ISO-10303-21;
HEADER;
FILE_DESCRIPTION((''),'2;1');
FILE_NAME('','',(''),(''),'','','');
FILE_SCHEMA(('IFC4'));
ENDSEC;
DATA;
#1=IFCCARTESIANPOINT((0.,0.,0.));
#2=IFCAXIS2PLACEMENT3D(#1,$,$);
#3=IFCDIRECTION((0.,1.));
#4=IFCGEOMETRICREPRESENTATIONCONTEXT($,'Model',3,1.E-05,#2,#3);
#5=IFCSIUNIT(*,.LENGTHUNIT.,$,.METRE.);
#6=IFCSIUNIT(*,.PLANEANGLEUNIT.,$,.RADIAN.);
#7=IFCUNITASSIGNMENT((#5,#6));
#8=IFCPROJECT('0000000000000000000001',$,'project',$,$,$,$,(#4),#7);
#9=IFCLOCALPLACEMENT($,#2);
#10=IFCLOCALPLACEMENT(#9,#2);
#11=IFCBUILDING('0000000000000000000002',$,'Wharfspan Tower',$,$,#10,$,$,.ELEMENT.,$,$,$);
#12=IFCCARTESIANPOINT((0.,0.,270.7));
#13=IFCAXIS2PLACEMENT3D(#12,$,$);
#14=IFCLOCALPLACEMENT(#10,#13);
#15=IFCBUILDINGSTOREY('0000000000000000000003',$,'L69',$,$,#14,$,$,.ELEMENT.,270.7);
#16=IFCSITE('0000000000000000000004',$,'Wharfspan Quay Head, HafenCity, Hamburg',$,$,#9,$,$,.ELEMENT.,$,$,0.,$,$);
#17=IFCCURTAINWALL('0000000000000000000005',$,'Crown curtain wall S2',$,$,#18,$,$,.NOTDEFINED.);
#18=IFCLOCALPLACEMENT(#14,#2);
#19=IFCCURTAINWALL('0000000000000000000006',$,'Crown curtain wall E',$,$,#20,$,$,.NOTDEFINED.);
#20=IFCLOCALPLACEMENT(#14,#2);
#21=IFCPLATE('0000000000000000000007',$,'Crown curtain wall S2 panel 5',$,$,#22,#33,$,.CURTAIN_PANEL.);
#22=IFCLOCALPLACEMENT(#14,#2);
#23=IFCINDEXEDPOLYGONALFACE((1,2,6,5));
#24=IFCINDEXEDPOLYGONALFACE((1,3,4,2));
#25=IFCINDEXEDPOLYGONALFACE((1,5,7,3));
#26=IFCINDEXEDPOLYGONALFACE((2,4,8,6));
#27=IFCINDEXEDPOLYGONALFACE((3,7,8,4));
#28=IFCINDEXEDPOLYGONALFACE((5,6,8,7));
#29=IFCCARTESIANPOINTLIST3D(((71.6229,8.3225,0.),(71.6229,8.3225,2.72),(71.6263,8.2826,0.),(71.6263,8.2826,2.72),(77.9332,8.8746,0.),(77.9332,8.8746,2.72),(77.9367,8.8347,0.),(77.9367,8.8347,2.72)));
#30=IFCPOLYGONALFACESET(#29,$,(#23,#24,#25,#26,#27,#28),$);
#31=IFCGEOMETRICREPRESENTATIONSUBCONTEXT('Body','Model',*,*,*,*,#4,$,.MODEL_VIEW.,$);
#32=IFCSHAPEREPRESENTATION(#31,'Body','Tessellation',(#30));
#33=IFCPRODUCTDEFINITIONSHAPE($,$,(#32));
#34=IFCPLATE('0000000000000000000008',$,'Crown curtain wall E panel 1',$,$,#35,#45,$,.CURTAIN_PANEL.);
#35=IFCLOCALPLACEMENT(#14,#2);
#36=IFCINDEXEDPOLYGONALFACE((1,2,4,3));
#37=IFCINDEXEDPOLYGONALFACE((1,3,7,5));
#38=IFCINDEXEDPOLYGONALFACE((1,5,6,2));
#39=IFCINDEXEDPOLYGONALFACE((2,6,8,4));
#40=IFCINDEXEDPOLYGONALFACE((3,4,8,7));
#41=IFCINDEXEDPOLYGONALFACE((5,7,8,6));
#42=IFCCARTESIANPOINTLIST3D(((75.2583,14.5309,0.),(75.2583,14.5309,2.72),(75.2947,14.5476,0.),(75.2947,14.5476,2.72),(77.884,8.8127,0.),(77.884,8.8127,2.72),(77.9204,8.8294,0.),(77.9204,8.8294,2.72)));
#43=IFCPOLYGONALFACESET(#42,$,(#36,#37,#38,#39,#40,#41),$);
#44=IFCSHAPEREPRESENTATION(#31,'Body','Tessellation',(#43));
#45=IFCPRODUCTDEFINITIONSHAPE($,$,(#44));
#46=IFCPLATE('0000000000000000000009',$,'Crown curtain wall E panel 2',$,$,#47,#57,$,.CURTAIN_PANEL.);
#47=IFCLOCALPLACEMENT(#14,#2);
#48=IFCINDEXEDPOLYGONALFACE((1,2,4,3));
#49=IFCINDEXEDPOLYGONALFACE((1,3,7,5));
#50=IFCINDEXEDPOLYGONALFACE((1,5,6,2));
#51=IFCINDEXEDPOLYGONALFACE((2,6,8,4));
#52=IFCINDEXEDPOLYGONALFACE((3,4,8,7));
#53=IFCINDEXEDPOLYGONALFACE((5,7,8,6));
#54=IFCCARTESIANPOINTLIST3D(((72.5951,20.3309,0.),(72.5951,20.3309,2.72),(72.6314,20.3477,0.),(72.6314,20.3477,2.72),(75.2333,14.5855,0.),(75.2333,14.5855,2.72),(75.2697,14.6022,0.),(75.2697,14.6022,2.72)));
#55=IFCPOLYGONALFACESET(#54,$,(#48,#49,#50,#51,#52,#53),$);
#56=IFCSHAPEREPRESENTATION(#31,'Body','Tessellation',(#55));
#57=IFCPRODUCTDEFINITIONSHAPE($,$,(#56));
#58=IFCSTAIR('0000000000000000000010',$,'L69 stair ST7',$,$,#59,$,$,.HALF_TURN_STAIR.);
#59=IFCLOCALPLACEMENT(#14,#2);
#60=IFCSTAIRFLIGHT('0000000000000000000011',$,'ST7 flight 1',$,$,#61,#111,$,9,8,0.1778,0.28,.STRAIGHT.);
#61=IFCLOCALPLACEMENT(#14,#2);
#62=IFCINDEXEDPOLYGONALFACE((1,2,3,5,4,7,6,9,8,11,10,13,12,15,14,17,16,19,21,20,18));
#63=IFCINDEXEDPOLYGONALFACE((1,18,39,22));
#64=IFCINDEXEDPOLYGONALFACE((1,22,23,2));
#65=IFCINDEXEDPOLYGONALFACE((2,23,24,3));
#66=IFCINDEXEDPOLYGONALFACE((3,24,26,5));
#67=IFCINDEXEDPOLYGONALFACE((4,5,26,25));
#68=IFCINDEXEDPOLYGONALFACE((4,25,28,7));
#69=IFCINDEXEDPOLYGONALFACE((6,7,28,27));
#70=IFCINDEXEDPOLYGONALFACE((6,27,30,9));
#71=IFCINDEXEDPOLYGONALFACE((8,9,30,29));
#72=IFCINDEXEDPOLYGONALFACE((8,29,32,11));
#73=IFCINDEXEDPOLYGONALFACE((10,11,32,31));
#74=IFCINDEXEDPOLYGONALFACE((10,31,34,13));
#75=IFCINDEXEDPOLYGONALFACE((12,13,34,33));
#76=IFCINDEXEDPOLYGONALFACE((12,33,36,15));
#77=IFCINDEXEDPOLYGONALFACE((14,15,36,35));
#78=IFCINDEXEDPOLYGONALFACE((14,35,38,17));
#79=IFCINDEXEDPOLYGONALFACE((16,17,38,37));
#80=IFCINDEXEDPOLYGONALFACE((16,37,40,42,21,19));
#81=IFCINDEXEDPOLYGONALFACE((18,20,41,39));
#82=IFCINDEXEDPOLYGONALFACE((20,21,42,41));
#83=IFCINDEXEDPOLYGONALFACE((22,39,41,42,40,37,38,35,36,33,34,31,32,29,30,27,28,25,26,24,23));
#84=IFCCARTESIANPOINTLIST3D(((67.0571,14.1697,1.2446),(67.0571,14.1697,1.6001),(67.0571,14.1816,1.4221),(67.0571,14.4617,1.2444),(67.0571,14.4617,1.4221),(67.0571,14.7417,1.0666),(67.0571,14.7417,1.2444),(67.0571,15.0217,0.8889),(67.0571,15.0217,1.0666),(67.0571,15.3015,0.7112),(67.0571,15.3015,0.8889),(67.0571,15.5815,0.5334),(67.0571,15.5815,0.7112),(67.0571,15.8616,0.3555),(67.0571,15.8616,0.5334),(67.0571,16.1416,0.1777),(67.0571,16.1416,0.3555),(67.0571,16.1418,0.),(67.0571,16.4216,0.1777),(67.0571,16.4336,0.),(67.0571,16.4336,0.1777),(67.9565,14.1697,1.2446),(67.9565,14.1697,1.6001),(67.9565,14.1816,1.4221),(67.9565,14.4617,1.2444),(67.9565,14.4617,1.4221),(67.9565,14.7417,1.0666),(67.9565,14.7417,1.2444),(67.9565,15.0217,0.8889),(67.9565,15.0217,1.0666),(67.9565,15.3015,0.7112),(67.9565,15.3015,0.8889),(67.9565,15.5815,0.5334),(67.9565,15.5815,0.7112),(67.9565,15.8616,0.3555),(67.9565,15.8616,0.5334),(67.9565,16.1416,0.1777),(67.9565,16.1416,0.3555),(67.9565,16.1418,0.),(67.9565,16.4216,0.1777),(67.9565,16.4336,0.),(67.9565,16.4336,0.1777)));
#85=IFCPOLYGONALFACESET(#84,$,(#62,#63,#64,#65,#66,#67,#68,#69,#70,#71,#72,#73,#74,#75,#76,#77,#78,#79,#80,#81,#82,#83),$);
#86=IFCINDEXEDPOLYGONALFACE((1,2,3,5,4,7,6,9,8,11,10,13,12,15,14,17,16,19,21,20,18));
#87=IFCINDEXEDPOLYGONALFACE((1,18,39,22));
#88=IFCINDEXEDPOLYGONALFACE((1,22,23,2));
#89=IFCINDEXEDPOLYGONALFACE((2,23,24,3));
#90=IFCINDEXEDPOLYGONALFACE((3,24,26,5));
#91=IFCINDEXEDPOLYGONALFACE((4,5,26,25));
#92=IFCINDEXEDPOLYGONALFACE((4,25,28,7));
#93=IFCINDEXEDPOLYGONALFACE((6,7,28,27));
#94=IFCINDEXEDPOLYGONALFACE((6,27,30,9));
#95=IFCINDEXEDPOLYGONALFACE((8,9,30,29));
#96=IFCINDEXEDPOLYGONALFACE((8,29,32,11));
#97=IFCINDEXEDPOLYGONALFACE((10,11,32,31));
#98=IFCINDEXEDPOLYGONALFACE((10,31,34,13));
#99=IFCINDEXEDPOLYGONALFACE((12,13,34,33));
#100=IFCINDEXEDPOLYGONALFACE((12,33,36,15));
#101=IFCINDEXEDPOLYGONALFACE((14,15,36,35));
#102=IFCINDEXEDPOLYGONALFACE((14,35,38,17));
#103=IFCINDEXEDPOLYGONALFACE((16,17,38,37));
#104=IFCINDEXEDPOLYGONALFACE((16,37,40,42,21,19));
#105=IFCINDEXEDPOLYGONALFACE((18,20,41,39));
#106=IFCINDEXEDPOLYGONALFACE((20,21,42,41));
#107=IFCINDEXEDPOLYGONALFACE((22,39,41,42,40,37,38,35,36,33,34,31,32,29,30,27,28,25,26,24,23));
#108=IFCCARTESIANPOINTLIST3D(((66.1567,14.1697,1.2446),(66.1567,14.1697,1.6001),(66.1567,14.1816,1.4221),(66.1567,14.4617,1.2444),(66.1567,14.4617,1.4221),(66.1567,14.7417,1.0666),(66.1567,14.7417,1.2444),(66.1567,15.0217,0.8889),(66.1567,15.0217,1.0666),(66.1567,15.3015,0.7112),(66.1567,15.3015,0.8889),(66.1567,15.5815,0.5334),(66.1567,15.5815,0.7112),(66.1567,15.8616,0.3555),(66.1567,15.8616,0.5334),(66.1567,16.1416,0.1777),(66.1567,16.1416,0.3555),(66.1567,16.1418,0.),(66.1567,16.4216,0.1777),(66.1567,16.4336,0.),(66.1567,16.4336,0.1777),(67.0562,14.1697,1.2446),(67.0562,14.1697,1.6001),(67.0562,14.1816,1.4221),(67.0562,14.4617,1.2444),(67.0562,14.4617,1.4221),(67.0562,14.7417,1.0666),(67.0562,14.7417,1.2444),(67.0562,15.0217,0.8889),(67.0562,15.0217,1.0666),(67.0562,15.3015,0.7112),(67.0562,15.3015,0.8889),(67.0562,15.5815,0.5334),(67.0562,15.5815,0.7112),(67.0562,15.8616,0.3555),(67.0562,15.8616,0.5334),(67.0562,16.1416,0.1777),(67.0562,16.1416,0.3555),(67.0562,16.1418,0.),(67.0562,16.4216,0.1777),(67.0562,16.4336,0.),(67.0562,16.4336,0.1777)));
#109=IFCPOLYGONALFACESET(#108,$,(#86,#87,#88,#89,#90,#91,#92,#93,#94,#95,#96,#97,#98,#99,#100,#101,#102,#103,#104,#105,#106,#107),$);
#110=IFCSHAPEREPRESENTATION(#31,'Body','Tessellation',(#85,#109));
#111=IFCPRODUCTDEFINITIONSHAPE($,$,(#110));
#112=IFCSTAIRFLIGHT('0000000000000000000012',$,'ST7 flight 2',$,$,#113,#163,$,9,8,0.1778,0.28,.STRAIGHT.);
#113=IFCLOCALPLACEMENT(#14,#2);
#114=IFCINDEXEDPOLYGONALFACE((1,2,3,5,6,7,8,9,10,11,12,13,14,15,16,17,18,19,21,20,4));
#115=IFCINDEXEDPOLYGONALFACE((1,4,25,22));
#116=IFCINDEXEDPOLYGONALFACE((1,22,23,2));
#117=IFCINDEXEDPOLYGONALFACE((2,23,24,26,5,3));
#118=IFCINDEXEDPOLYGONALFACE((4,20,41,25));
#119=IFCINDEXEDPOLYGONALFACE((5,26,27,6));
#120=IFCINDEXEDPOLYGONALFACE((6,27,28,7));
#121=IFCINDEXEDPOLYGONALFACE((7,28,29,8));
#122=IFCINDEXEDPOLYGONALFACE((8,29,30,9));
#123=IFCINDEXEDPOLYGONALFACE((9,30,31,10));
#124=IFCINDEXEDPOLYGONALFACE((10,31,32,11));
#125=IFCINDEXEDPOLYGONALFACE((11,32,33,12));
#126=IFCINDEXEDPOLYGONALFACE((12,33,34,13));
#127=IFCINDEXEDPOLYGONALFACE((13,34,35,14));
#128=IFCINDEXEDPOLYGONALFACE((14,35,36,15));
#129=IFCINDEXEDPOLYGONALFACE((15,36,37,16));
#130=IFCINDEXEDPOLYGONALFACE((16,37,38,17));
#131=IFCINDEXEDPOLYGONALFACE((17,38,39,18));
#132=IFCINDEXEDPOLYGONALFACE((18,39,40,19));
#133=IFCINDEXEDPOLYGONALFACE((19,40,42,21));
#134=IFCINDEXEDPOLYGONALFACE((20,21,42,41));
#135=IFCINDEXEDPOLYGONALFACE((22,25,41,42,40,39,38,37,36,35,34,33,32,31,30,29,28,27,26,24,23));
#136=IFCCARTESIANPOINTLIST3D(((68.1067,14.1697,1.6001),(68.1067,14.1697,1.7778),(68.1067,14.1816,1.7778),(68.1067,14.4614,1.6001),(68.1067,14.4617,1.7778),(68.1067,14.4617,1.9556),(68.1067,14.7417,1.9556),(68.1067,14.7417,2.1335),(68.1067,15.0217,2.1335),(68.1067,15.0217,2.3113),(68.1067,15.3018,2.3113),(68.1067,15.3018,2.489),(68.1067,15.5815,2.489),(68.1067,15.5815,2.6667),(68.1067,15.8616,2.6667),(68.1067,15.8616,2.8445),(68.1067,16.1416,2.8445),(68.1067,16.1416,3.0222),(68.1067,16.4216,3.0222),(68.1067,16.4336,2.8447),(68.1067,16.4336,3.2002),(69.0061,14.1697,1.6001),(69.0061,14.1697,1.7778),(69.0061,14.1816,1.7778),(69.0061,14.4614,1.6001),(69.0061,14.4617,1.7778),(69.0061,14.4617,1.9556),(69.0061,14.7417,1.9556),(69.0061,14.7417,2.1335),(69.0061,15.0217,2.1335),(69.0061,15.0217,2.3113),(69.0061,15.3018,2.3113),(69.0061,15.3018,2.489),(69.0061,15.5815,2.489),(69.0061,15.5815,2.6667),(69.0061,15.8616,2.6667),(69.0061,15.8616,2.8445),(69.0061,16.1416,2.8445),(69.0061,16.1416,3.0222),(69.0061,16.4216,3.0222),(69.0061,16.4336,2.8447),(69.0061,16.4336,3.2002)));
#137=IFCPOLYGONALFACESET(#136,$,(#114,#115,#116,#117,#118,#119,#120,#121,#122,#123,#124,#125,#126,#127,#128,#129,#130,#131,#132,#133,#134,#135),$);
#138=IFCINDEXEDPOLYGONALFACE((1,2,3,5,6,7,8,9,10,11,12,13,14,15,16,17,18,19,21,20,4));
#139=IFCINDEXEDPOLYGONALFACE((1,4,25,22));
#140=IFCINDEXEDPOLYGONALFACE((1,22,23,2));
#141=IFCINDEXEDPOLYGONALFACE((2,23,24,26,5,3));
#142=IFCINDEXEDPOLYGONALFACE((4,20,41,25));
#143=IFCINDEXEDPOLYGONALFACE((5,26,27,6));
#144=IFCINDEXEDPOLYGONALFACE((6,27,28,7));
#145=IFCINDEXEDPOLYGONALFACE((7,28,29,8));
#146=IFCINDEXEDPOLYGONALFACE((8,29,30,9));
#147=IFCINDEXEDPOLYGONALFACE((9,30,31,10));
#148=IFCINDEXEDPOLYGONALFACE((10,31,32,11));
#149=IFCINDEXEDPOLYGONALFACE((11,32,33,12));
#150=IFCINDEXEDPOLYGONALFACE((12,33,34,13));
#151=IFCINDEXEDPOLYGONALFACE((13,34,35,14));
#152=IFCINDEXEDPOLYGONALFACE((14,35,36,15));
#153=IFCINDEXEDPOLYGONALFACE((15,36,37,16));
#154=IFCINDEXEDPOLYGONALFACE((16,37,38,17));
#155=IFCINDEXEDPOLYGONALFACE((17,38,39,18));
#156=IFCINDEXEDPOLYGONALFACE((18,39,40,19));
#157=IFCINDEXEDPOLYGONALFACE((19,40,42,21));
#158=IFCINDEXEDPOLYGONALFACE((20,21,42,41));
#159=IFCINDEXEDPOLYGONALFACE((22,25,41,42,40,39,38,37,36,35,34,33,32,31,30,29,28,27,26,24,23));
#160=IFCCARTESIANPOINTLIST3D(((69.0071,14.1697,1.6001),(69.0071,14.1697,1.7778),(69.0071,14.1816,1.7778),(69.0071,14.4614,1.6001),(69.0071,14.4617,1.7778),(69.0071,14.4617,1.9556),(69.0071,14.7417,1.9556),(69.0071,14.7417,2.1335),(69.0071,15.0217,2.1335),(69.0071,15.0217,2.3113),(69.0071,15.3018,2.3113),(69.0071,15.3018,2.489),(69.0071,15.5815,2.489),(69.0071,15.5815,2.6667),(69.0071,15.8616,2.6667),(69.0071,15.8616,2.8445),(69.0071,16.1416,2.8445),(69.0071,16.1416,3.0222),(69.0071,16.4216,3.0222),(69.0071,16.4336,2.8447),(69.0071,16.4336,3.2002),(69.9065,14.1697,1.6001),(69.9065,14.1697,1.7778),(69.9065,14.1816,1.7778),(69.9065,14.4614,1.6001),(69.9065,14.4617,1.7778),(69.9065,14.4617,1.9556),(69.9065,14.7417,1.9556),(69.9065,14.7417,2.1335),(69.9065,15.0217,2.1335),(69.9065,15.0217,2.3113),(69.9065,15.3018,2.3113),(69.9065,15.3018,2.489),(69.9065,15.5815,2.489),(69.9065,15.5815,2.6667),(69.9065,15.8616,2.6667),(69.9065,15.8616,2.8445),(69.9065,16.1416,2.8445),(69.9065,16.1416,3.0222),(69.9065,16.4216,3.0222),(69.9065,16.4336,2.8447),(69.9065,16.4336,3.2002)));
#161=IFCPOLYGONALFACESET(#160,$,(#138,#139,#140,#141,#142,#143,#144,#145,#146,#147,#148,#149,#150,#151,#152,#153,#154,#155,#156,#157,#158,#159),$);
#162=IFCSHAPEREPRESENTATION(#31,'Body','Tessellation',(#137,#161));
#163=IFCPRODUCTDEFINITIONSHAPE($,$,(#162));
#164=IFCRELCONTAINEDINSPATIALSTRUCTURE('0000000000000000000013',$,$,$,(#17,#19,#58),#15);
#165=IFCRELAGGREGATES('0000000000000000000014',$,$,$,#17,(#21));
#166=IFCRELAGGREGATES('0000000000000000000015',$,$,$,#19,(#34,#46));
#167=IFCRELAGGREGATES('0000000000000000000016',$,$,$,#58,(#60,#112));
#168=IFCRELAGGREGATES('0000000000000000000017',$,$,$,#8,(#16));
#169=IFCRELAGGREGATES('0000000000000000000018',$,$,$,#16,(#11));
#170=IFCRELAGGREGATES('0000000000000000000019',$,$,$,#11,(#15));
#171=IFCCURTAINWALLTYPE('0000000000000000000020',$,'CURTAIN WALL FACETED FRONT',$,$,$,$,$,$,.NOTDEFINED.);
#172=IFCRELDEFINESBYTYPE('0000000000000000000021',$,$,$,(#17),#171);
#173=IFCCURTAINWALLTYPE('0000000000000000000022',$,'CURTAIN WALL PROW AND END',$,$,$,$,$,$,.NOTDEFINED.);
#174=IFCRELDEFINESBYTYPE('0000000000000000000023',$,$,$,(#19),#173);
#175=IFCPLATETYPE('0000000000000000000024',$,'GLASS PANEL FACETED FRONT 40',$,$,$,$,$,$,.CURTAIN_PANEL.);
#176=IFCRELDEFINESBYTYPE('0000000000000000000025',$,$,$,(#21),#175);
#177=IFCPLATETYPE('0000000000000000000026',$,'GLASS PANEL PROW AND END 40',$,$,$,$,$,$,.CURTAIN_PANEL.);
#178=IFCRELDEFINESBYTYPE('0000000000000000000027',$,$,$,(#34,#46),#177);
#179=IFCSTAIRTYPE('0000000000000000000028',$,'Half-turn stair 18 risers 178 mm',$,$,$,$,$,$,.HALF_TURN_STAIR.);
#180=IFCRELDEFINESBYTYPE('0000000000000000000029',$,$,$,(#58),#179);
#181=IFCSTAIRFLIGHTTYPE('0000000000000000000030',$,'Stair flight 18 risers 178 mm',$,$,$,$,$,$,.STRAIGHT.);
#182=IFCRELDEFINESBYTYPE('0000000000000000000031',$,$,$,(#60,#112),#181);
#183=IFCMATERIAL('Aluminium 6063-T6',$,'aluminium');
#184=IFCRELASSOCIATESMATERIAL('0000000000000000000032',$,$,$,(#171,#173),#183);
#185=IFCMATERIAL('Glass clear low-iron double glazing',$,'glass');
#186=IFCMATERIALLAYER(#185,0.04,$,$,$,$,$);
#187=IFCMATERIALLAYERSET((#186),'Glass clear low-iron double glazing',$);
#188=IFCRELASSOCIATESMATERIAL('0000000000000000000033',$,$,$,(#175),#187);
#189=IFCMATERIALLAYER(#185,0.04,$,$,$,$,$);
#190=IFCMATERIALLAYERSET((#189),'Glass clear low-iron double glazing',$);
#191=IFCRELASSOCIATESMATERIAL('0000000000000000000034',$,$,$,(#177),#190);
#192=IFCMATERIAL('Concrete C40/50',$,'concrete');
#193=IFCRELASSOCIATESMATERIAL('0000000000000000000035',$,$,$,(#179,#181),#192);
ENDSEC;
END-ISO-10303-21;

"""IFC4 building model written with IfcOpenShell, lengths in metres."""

from ifc_helpers import new_model, si_unit, direction, frame, origin, origin_2d, place, context, subcontext, project, spatial, polyline, rectangle, outline, extrude, material, layer, layer_set, type_object, element, aggregate, save


model = new_model("IFC4")

# Units and contexts
model_context = context("Model", 3, precision=1e-05, world=origin(), true_north=direction((0.0, 1.0)))
body_context = subcontext(model_context, "Body", "Model", "MODEL_VIEW")
ifc_project = project(units=[si_unit("LENGTHUNIT", "METRE"), si_unit("PLANEANGLEUNIT", "RADIAN")], contexts=[model_context])

# Site, building, storey
site_placement = place(None, origin())
site = spatial("IfcSite", under=ifc_project, at=site_placement, Name="Wharfspan Quay Head, HafenCity, Hamburg", CompositionType="ELEMENT", RefElevation=0.0)
building_placement = place(site_placement, origin())
building = spatial("IfcBuilding", under=site, at=building_placement, Name="Wharfspan Tower", CompositionType="ELEMENT")
storey_placement = place(building_placement, frame((0.0, 0.0, 270.7)))
storey = spatial("IfcBuildingStorey", under=building, at=storey_placement, Name="L69", CompositionType="ELEMENT", Elevation=270.7)

# Shared definitions
ifc_material_1 = material(Name="Concrete C40/50", Category="concrete")

# Curtain walls
ifc_material_2 = material(Name="Aluminium 6063-T6", Category="aluminium")
curtain_wall_type_1 = type_object("IfcCurtainWallType", Name="CURTAIN WALL FACETED FRONT", PredefinedType="NOTDEFINED", material=ifc_material_2)
curtain_wall_1_placement = place(storey_placement, origin())
curtain_wall_1 = element("IfcCurtainWall", 1, at=curtain_wall_1_placement, inside=storey, type_object=curtain_wall_type_1, Name="Crown curtain wall S2", PredefinedType="NOTDEFINED")
curtain_wall_type_2 = type_object("IfcCurtainWallType", Name="CURTAIN WALL PROW AND END", PredefinedType="NOTDEFINED", material=ifc_material_2)
curtain_wall_2_placement = place(storey_placement, origin())
curtain_wall_2 = element("IfcCurtainWall", 2, at=curtain_wall_2_placement, inside=storey, type_object=curtain_wall_type_2, Name="Crown curtain wall E", PredefinedType="NOTDEFINED")

# Plates
ifc_material_3 = material(Name="Glass clear low-iron double glazing", Category="glass")
ifc_layer_1 = layer(ifc_material_3, 0.04)
ifc_layer_set_1 = layer_set([ifc_layer_1], Name="Glass clear low-iron double glazing")
plate_type_1 = type_object("IfcPlateType", Name="GLASS PANEL FACETED FRONT 40", PredefinedType="CURTAIN_PANEL", material=ifc_layer_set_1)
plate_1_placement = place(storey_placement, frame((74.7798, 8.5786, 0.0), z_axis=(0.0, 0.0, 1.0), x_axis=(0.996198, 0.087156, 0.0)))
plate_1 = element("IfcPlate", 3, at=plate_1_placement, type_object=plate_type_1, Name="Crown curtain wall S2 panel 5", PredefinedType="CURTAIN_PANEL", context=body_context, shape_type="SweptSolid", body=[
    extrude(rectangle(XDim=6.3345, YDim=0.04, at=origin_2d()), origin(), (0.0, 0.0, 1.0), 2.72),
])
aggregate(curtain_wall_1, [plate_1])
ifc_layer_2 = layer(ifc_material_3, 0.04)
ifc_layer_set_2 = layer_set([ifc_layer_2], Name="Glass clear low-iron double glazing")
plate_type_2 = type_object("IfcPlateType", Name="GLASS PANEL PROW AND END 40", PredefinedType="CURTAIN_PANEL", material=ifc_layer_set_2)
plate_2_placement = place(storey_placement, frame((76.5894, 11.6802, 0.0), z_axis=(0.0, 0.0, 1.0), x_axis=(-0.417292, 0.908769, 0.0)))
plate_2 = element("IfcPlate", 4, at=plate_2_placement, type_object=plate_type_2, Name="Crown curtain wall E panel 1", PredefinedType="CURTAIN_PANEL", context=body_context, shape_type="SweptSolid", body=[
    extrude(rectangle(XDim=6.2922, YDim=0.04, at=origin_2d()), origin(), (0.0, 0.0, 1.0), 2.72),
])
plate_3_placement = place(storey_placement, frame((73.9324, 17.4666, 0.0), z_axis=(0.0, 0.0, 1.0), x_axis=(-0.417292, 0.908769, 0.0)))
plate_3 = element("IfcPlate", 5, at=plate_3_placement, type_object=plate_type_2, Name="Crown curtain wall E panel 2", PredefinedType="CURTAIN_PANEL", context=body_context, shape_type="SweptSolid", body=[
    extrude(rectangle(XDim=6.3223, YDim=0.04, at=origin_2d()), origin(), (0.0, 0.0, 1.0), 2.72),
])
aggregate(curtain_wall_2, [plate_2, plate_3])

# Stair, stair flights
stair_type = type_object("IfcStairType", Name="Half-turn stair 18 risers 178 mm", PredefinedType="HALF_TURN_STAIR", material=ifc_material_1)
stair_placement = place(storey_placement, origin())
stair = element("IfcStair", 6, at=stair_placement, inside=storey, type_object=stair_type, Name="L69 stair ST7", PredefinedType="HALF_TURN_STAIR")
stair_flight_type = type_object("IfcStairFlightType", Name="Stair flight 18 risers 178 mm", PredefinedType="STRAIGHT", material=ifc_material_1)
stair_flight_1_placement = place(storey_placement, frame((67.0566, 16.4216, 0.0), z_axis=(0.0, 0.0, 1.0), x_axis=(0.0, -1.0, 0.0)))
stair_flight_1 = element("IfcStairFlight", 7, at=stair_flight_1_placement, type_object=stair_flight_type, Name="ST7 flight 1", NumberOfRisers=9, NumberOfTreads=8, PredefinedType="STRAIGHT", RiserHeight=0.1778, TreadLength=0.28, context=body_context, shape_type="SweptSolid", body=[
    extrude(outline(polyline([(-0.012, 0.0), (-0.012, 0.1777), (0.0, 0.1777), (0.28, 0.1777), (0.28, 0.3555), (0.5601, 0.3555), (0.5601, 0.5334), (0.8401, 0.5334), (0.8401, 0.7112), (1.1201, 0.7112), (1.1201, 0.8889), (1.3999, 0.8889), (1.3999, 1.0667), (1.6799, 1.0667), (1.6799, 1.2444), (1.96, 1.2444), (1.96, 1.4221), (2.24, 1.4221), (2.252, 1.6001), (2.252, 1.2446), (0.2798, 0.0), (-0.012, 0.0)])), frame((0.0, 0.8999, 0.0), z_axis=(0.0, -1.0, 0.0), x_axis=(1.0, 0.0, 0.0)), (0.0, 0.0, 1.0), 0.8994),
    extrude(outline(polyline([(-0.012, 0.0), (-0.012, 0.1777), (0.0, 0.1777), (0.28, 0.1777), (0.28, 0.3555), (0.5601, 0.3555), (0.5601, 0.5334), (0.8401, 0.5334), (0.8401, 0.7112), (1.1201, 0.7112), (1.1201, 0.8889), (1.3999, 0.8889), (1.3999, 1.0667), (1.6799, 1.0667), (1.6799, 1.2444), (1.96, 1.2444), (1.96, 1.4221), (2.24, 1.4221), (2.252, 1.6001), (2.252, 1.2446), (0.2798, 0.0), (-0.012, 0.0)])), frame((0.0, -0.0005, 0.0), z_axis=(0.0, -1.0, 0.0), x_axis=(1.0, 0.0, 0.0)), (0.0, 0.0, 1.0), 0.8994),
])
stair_flight_2_placement = place(storey_placement, frame((69.0066, 14.1816, 1.6001), z_axis=(0.0, 0.0, 1.0), x_axis=(0.0, 1.0, 0.0)))
stair_flight_2 = element("IfcStairFlight", 8, at=stair_flight_2_placement, type_object=stair_flight_type, Name="ST7 flight 2", NumberOfRisers=9, NumberOfTreads=8, PredefinedType="STRAIGHT", RiserHeight=0.1778, TreadLength=0.28, context=body_context, shape_type="SweptSolid", body=[
    extrude(outline(polyline([(-0.012, 0.0), (-0.012, 0.1777), (0.0, 0.1777), (0.28, 0.1777), (0.28, 0.3555), (0.5601, 0.3555), (0.5601, 0.5334), (0.8401, 0.5334), (0.8401, 0.7112), (1.1201, 0.7112), (1.1201, 0.8889), (1.3999, 0.8889), (1.3999, 1.0667), (1.6799, 1.0667), (1.6799, 1.2444), (1.96, 1.2444), (1.96, 1.4221), (2.24, 1.4221), (2.252, 1.6001), (2.252, 1.2446), (0.2798, 0.0), (-0.012, 0.0)])), frame((0.0, 0.8999, 0.0), z_axis=(0.0, -1.0, 0.0), x_axis=(1.0, 0.0, 0.0)), (0.0, 0.0, 1.0), 0.8994),
    extrude(outline(polyline([(-0.012, 0.0), (-0.012, 0.1777), (0.0, 0.1777), (0.28, 0.1777), (0.28, 0.3555), (0.5601, 0.3555), (0.5601, 0.5334), (0.8401, 0.5334), (0.8401, 0.7112), (1.1201, 0.7112), (1.1201, 0.8889), (1.3999, 0.8889), (1.3999, 1.0667), (1.6799, 1.0667), (1.6799, 1.2444), (1.96, 1.2444), (1.96, 1.4221), (2.24, 1.4221), (2.252, 1.6001), (2.252, 1.2446), (0.2798, 0.0), (-0.012, 0.0)])), frame((0.0, -0.0005, 0.0), z_axis=(0.0, -1.0, 0.0), x_axis=(1.0, 0.0, 0.0)), (0.0, 0.0, 1.0), 0.8994),
])
aggregate(stair, [stair_flight_1, stair_flight_2])

save(model, "model.ifc")
